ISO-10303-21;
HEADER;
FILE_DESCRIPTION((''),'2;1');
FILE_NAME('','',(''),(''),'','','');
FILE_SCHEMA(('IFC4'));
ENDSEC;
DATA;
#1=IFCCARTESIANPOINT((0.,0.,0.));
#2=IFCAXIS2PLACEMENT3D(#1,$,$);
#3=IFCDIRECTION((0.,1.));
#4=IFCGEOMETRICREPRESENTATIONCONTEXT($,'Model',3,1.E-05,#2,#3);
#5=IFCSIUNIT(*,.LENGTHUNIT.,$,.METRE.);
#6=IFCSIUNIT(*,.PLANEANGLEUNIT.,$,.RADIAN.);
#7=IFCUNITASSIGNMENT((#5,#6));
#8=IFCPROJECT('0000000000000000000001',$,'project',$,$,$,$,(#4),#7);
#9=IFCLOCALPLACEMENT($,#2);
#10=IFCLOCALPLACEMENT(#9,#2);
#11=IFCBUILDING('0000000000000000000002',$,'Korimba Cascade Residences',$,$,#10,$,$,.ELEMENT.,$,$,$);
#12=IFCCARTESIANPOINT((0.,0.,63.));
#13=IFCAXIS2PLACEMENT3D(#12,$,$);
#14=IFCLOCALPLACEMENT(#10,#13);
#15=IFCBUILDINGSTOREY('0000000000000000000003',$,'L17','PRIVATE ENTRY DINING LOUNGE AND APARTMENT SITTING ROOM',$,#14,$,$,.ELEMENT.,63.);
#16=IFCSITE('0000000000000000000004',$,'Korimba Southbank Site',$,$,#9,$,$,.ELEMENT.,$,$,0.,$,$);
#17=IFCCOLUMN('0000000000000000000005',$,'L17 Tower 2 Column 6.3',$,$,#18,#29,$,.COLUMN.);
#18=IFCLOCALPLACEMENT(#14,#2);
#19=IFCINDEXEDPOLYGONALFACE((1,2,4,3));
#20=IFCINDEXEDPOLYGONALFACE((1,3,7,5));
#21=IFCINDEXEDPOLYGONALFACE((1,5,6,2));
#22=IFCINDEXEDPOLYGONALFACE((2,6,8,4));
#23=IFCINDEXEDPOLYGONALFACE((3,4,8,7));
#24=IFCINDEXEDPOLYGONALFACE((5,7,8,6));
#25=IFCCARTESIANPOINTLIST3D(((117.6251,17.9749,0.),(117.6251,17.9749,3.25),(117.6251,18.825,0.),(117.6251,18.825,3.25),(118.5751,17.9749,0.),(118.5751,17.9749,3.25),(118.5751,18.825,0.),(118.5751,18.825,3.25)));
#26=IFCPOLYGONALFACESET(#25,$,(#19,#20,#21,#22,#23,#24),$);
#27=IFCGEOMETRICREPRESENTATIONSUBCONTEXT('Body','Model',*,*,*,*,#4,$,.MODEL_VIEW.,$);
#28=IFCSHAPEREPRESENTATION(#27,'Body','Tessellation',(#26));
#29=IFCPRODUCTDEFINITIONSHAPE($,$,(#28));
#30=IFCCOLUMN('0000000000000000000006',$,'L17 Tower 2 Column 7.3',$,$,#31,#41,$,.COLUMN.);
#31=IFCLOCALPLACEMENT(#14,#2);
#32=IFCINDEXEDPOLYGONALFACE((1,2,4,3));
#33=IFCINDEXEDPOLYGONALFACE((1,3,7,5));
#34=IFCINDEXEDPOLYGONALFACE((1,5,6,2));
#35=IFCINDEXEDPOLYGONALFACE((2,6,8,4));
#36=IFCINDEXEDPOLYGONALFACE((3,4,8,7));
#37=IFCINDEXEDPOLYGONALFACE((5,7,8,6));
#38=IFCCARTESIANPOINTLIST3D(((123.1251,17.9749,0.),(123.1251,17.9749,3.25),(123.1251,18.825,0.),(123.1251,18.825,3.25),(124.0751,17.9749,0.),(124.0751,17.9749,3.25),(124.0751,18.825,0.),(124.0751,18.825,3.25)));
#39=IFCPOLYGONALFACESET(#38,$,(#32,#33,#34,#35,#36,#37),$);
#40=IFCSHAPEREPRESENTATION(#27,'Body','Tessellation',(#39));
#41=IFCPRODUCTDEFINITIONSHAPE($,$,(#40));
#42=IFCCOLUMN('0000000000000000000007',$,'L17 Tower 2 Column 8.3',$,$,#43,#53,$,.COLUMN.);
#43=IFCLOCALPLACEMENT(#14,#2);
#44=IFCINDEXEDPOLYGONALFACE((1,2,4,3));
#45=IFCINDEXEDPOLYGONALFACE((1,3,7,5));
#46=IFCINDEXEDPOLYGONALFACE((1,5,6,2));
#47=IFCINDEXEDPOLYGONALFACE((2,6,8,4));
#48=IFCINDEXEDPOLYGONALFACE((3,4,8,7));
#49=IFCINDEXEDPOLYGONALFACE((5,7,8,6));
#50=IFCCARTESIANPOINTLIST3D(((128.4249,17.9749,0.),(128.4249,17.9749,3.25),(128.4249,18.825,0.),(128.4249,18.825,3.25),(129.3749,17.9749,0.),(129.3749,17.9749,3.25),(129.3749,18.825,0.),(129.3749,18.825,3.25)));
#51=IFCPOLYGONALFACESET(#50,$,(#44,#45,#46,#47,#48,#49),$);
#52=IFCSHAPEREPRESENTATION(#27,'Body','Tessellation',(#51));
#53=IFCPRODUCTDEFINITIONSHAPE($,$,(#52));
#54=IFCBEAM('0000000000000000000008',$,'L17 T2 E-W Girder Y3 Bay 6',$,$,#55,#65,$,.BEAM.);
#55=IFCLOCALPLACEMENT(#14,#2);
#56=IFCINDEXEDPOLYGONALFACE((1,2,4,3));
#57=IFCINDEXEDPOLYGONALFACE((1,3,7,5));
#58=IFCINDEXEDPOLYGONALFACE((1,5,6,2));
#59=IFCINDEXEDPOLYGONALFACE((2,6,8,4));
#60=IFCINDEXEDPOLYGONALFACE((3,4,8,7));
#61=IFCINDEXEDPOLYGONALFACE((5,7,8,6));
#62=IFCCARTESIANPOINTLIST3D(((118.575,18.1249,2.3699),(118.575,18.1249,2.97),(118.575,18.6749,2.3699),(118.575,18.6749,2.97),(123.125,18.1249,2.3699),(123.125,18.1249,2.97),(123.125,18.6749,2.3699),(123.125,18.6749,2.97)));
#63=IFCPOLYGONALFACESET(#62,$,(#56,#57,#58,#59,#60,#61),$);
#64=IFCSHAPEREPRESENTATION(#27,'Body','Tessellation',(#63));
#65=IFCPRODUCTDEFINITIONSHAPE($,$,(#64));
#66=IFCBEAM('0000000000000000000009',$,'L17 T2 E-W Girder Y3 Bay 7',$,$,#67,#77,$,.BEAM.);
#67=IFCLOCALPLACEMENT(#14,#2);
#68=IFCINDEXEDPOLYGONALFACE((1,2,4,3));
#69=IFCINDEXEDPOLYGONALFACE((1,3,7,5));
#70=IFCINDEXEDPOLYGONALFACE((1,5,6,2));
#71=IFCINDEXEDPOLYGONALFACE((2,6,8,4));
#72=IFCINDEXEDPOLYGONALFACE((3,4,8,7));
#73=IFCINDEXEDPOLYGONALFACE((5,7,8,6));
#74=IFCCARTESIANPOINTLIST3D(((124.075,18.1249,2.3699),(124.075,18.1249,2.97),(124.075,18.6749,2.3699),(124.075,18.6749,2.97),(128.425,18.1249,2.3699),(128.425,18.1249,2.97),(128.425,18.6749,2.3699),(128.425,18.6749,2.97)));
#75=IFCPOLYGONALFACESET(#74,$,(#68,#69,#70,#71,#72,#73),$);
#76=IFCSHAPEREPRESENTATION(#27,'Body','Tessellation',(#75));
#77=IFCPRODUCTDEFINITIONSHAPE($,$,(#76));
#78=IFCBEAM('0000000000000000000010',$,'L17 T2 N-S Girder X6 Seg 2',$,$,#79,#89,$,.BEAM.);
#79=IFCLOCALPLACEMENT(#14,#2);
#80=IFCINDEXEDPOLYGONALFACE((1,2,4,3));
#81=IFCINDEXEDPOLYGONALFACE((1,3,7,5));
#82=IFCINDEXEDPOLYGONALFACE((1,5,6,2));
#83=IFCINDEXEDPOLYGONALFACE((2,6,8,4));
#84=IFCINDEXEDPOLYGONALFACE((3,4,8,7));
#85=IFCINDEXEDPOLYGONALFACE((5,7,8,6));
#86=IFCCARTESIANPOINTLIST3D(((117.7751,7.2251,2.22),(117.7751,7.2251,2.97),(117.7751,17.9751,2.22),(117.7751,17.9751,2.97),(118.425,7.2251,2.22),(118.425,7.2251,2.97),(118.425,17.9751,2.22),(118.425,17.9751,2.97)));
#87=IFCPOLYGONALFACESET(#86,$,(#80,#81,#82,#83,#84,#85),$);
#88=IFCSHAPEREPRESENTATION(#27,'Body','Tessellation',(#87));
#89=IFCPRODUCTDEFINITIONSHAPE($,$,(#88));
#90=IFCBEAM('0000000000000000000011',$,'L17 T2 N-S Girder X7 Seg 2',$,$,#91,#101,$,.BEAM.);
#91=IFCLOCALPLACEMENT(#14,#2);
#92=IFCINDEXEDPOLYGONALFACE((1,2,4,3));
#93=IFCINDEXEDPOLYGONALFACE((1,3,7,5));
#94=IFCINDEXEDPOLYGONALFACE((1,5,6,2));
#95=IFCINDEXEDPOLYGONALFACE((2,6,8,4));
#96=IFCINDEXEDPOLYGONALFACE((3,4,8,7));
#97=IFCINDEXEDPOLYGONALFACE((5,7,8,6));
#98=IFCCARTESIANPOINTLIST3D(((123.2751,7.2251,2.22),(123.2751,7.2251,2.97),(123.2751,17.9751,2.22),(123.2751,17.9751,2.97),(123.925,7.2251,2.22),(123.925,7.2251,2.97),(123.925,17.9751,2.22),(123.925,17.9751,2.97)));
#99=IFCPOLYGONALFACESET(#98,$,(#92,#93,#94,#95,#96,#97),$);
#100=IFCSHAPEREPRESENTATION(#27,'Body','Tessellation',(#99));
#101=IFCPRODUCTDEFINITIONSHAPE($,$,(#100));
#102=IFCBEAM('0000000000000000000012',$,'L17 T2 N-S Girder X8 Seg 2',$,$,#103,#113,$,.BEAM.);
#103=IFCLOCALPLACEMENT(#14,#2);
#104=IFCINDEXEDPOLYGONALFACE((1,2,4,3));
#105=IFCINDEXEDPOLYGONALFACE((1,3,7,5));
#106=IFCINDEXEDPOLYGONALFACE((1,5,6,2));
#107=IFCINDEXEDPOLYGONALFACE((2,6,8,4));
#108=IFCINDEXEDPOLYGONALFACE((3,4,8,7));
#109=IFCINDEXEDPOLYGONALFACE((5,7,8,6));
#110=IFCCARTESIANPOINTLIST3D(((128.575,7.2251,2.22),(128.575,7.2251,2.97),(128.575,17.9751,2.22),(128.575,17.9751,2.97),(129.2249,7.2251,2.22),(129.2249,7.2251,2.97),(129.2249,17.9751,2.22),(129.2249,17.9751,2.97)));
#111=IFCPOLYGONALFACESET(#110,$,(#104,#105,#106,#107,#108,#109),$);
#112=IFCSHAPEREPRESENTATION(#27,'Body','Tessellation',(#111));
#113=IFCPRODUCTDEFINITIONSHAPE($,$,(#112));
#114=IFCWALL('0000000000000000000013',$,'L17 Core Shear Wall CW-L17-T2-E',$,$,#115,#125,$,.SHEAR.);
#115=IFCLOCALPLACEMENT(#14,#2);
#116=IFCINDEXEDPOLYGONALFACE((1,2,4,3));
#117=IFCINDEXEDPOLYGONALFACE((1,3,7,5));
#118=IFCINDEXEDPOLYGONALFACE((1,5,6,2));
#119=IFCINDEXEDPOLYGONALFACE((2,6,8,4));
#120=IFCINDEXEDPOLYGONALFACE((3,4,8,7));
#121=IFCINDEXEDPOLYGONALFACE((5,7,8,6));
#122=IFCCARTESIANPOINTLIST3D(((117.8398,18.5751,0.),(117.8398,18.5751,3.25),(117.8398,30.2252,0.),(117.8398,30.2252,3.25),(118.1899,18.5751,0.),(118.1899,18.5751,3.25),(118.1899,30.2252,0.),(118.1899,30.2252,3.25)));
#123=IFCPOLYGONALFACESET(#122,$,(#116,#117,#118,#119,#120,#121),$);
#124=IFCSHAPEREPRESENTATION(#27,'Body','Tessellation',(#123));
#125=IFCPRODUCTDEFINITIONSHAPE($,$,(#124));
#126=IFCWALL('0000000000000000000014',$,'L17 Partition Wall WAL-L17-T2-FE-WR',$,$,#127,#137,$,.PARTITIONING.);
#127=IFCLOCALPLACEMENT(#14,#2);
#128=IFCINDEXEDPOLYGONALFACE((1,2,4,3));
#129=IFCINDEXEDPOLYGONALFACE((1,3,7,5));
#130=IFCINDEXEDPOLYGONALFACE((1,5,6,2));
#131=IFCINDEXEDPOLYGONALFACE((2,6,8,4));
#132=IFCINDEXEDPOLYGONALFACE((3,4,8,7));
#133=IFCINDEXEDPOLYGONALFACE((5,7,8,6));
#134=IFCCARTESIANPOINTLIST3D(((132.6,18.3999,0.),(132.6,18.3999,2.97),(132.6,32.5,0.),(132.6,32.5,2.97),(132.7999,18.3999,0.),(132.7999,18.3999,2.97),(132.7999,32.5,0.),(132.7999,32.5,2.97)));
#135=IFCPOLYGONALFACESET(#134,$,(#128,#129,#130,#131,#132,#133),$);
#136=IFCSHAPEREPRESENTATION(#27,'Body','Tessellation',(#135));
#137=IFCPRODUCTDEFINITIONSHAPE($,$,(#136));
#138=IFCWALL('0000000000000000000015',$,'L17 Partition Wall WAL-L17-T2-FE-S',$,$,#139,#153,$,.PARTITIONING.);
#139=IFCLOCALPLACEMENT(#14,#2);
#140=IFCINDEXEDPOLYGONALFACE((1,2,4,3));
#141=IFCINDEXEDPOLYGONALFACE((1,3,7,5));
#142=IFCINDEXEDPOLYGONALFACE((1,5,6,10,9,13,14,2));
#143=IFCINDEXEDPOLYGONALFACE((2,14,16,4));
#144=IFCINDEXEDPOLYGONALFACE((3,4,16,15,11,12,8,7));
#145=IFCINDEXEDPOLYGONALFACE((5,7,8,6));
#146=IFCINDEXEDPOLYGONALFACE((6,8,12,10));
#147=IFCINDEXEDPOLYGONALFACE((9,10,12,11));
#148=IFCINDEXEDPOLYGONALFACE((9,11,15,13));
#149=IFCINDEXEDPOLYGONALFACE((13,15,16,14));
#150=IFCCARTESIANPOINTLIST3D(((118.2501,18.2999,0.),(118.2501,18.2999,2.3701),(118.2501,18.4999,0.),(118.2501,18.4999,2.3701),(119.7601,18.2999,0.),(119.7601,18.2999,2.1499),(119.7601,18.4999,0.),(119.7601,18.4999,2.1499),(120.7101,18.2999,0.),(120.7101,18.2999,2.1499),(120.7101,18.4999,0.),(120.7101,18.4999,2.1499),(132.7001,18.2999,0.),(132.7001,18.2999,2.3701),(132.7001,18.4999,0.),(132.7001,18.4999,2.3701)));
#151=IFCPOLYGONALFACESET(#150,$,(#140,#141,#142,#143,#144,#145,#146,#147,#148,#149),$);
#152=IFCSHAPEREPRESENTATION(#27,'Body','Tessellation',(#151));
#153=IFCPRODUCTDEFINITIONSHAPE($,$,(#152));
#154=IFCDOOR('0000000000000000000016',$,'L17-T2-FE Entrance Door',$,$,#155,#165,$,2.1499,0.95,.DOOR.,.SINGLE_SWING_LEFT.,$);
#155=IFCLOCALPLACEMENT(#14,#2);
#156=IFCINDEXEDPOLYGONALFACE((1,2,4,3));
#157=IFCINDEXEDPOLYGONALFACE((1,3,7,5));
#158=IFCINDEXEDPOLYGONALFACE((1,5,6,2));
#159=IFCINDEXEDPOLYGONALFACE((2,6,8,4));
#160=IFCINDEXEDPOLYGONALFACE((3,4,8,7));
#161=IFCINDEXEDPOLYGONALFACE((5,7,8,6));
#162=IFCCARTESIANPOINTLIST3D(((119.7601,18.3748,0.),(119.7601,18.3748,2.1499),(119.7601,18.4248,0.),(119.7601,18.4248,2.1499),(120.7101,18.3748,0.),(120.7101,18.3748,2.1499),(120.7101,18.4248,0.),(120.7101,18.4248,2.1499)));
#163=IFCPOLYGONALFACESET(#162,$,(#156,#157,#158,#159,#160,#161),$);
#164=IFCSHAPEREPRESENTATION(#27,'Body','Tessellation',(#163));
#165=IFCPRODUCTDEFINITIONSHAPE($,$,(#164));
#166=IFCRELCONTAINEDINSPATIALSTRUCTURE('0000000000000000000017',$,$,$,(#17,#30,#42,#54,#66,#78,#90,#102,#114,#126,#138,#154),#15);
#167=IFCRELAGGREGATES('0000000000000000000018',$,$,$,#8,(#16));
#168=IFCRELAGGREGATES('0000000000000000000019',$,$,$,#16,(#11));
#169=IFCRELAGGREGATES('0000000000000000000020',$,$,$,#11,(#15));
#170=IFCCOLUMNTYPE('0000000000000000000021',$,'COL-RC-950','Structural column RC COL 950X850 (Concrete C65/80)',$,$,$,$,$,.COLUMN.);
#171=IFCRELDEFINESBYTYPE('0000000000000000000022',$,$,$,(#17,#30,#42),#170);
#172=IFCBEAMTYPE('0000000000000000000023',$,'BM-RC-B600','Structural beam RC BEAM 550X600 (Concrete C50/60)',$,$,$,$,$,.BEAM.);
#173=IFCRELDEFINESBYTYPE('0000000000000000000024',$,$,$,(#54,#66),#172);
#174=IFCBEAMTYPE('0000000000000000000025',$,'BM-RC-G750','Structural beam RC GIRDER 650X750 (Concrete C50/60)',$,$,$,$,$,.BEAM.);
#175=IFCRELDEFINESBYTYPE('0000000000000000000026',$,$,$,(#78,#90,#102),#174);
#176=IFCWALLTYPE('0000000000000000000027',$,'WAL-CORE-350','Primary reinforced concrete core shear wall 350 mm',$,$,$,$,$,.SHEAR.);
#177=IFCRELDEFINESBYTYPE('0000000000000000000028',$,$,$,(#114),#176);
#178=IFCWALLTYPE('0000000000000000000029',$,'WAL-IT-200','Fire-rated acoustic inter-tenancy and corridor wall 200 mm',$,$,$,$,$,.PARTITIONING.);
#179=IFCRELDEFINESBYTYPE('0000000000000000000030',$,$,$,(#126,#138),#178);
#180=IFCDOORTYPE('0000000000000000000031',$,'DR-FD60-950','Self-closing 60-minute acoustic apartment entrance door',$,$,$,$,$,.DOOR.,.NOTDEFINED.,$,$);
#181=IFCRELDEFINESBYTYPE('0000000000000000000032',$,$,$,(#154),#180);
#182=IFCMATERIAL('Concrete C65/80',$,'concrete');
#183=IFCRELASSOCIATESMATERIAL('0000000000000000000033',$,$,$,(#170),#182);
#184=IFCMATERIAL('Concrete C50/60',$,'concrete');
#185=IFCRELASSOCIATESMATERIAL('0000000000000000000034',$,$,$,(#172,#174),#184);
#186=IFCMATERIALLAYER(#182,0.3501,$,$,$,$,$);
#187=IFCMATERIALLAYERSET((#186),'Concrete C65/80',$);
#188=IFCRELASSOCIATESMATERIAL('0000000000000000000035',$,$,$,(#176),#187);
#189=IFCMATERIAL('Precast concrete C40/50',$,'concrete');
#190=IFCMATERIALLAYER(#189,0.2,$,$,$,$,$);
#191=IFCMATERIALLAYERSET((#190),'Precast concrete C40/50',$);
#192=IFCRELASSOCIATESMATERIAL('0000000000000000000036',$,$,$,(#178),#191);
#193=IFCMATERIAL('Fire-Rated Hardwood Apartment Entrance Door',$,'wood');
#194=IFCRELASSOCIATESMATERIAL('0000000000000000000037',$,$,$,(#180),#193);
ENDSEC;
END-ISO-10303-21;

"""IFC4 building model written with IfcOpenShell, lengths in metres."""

from ifc_helpers import new_model, si_unit, direction, frame, frame_2d, origin, origin_2d, place, context, subcontext, project, spatial, rectangle, extrude, material, layer, layer_set, material_profile, profile_set, type_object, element, fill, save


model = new_model("IFC4")

# Units and contexts
model_context = context("Model", 3, precision=1e-05, world=origin(), true_north=direction((0.0, 1.0)))
body_context = subcontext(model_context, "Body", "Model", "MODEL_VIEW")
ifc_project = project(units=[si_unit("LENGTHUNIT", "METRE"), si_unit("PLANEANGLEUNIT", "RADIAN")], contexts=[model_context])

# Site, building, storey
site_placement = place(None, origin())
site = spatial("IfcSite", under=ifc_project, at=site_placement, Name="Korimba Southbank Site", CompositionType="ELEMENT", RefElevation=0.0)
building_placement = place(site_placement, origin())
building = spatial("IfcBuilding", under=site, at=building_placement, Name="Korimba Cascade Residences", CompositionType="ELEMENT")
storey_placement = place(building_placement, frame((0.0, 0.0, 63.0)))
storey = spatial("IfcBuildingStorey", under=building, at=storey_placement, Name="L17", Description="PRIVATE ENTRY DINING LOUNGE AND APARTMENT SITTING ROOM", CompositionType="ELEMENT", Elevation=63.0)

# Columns
ifc_material_1 = material(Name="Concrete C65/80", Category="concrete")
ifc_material_profile_1 = material_profile(ifc_material_1, rectangle(XDim=0.95, YDim=0.8501, at=origin_2d()), Name="Concrete C65/80")
ifc_profile_set_1 = profile_set([ifc_material_profile_1], Name="Concrete C65/80")
column_type = type_object("IfcColumnType", Name="COL-RC-950", Description="Structural column RC COL 950X850 (Concrete C65/80)", PredefinedType="COLUMN", material=ifc_profile_set_1)
for number, where, z_axis, x_axis, name in (
    (1, (118.1001, 18.3999, 0.0), (0.0, 0.0, 1.0), (1.0, 0.0, 0.0), "L17 Tower 2 Column 6.3"),
    (2, (123.6001, 18.3999, 0.0), (0.0, 0.0, 1.0), (1.0, 0.0, 0.0), "L17 Tower 2 Column 7.3"),
    (3, (128.8999, 18.3999, 0.0), (0.0, 0.0, 1.0), (1.0, 0.0, 0.0), "L17 Tower 2 Column 8.3"),
):
    element("IfcColumn", number, at=place(storey_placement, frame(where, z_axis=z_axis, x_axis=x_axis)), inside=storey, type_object=column_type, Name=name, PredefinedType="COLUMN", context=body_context, shape_type="SweptSolid", body=[
        extrude(rectangle(XDim=0.95, YDim=0.8501, at=origin_2d()), origin(), (0.0, 0.0, 1.0), 3.25),
    ])

# Beams
ifc_material_2 = material(Name="Concrete C50/60", Category="concrete")
ifc_material_profile_2 = material_profile(ifc_material_2, rectangle(XDim=0.55, YDim=0.6001, at=origin_2d()), Name="Concrete C50/60")
ifc_profile_set_2 = profile_set([ifc_material_profile_2], Name="Concrete C50/60")
beam_type_1 = type_object("IfcBeamType", Name="BM-RC-B600", Description="Structural beam RC BEAM 550X600 (Concrete C50/60)", PredefinedType="BEAM", material=ifc_profile_set_2)
beam_1_placement = place(storey_placement, frame((118.575, 18.3999, 2.6699), z_axis=(1.0, 0.0, 0.0), x_axis=(0.0, 1.0, 0.0)))
element("IfcBeam", 4, at=beam_1_placement, inside=storey, type_object=beam_type_1, Name="L17 T2 E-W Girder Y3 Bay 6", PredefinedType="BEAM", context=body_context, shape_type="SweptSolid", body=[
    extrude(rectangle(XDim=0.55, YDim=0.6001, at=origin_2d()), origin(), (0.0, 0.0, 1.0), 4.55),
])
beam_2_placement = place(storey_placement, frame((124.075, 18.3999, 2.6699), z_axis=(1.0, 0.0, 0.0), x_axis=(0.0, 1.0, 0.0)))
element("IfcBeam", 5, at=beam_2_placement, inside=storey, type_object=beam_type_1, Name="L17 T2 E-W Girder Y3 Bay 7", PredefinedType="BEAM", context=body_context, shape_type="SweptSolid", body=[
    extrude(rectangle(XDim=0.55, YDim=0.6001, at=origin_2d()), origin(), (0.0, 0.0, 1.0), 4.3501),
])
ifc_material_profile_3 = material_profile(ifc_material_2, rectangle(XDim=0.6499, YDim=0.75, at=origin_2d()), Name="Concrete C50/60")
ifc_profile_set_3 = profile_set([ifc_material_profile_3], Name="Concrete C50/60")
beam_type_2 = type_object("IfcBeamType", Name="BM-RC-G750", Description="Structural beam RC GIRDER 650X750 (Concrete C50/60)", PredefinedType="BEAM", material=ifc_profile_set_3)
for number, where, z_axis, x_axis, name in (
    (6, (118.1001, 7.2251, 2.595), (0.0, 1.0, 0.0), (-1.0, 0.0, 0.0), "L17 T2 N-S Girder X6 Seg 2"),
    (7, (123.6001, 7.2251, 2.595), (0.0, 1.0, 0.0), (-1.0, 0.0, 0.0), "L17 T2 N-S Girder X7 Seg 2"),
    (8, (128.8999, 7.2251, 2.595), (0.0, 1.0, 0.0), (-1.0, 0.0, 0.0), "L17 T2 N-S Girder X8 Seg 2"),
):
    element("IfcBeam", number, at=place(storey_placement, frame(where, z_axis=z_axis, x_axis=x_axis)), inside=storey, type_object=beam_type_2, Name=name, PredefinedType="BEAM", context=body_context, shape_type="SweptSolid", body=[
        extrude(rectangle(XDim=0.6499, YDim=0.75, at=origin_2d()), origin(), (0.0, 0.0, 1.0), 10.75),
    ])

# Walls
ifc_layer_1 = layer(ifc_material_1, 0.3501)
ifc_layer_set_1 = layer_set([ifc_layer_1], Name="Concrete C65/80")
wall_type_1 = type_object("IfcWallType", Name="WAL-CORE-350", Description="Primary reinforced concrete core shear wall 350 mm", PredefinedType="SHEAR", material=ifc_layer_set_1)
wall_1_placement = place(storey_placement, frame((118.0149, 18.575, 0.0), z_axis=(0.0, 0.0, 1.0), x_axis=(0.0, 1.0, 0.0)))
element("IfcWall", 9, at=wall_1_placement, inside=storey, type_object=wall_type_1, Name="L17 Core Shear Wall CW-L17-T2-E", PredefinedType="SHEAR", context=body_context, shape_type="SweptSolid", body=[
    extrude(rectangle(XDim=11.6501, YDim=0.3501, at=frame_2d((5.8252, 0.0))), origin(), (0.0, 0.0, 1.0), 3.25),
])
ifc_material_3 = material(Name="Precast concrete C40/50", Category="concrete")
ifc_layer_2 = layer(ifc_material_3, 0.2)
ifc_layer_set_2 = layer_set([ifc_layer_2], Name="Precast concrete C40/50")
wall_type_2 = type_object("IfcWallType", Name="WAL-IT-200", Description="Fire-rated acoustic inter-tenancy and corridor wall 200 mm", PredefinedType="PARTITIONING", material=ifc_layer_set_2)
wall_2_placement = place(storey_placement, frame((132.7, 18.3999, 0.0), z_axis=(0.0, 0.0, 1.0), x_axis=(0.0, 1.0, 0.0)))
element("IfcWall", 10, at=wall_2_placement, inside=storey, type_object=wall_type_2, Name="L17 Partition Wall WAL-L17-T2-FE-WR", PredefinedType="PARTITIONING", context=body_context, shape_type="SweptSolid", body=[
    extrude(rectangle(XDim=14.1001, YDim=0.2, at=frame_2d((7.05, 0.0))), origin(), (0.0, 0.0, 1.0), 2.97),
])

# Wall, opening, door
wall_3_placement = place(storey_placement, frame((118.25, 18.3999, 0.0), z_axis=(0.0, 0.0, 1.0), x_axis=(1.0, 0.0, 0.0)))
wall_3 = element("IfcWall", 11, at=wall_3_placement, inside=storey, type_object=wall_type_2, Name="L17 Partition Wall WAL-L17-T2-FE-S", PredefinedType="PARTITIONING", context=body_context, shape_type="SweptSolid", body=[
    extrude(rectangle(XDim=14.45, YDim=0.2, at=frame_2d((7.2251, 0.0))), origin(), (0.0, 0.0, 1.0), 2.3701),
])
opening_1_placement = place(wall_3_placement, frame((1.51, 0.0, 0.0)))
opening_1 = element("IfcOpeningElement", 12, at=opening_1_placement, cuts=wall_3, PredefinedType="OPENING", context=body_context, shape_type="SweptSolid", body=[
    extrude(rectangle(XDim=0.95, YDim=2.1499, at=frame_2d((0.4751, 1.075))), frame((0.0, 0.1099, 0.0), z_axis=(0.0, -1.0, 0.0), x_axis=(1.0, 0.0, 0.0)), (0.0, 0.0, 1.0), 0.22),
])
ifc_material_4 = material(Name="Fire-Rated Hardwood Apartment Entrance Door", Category="wood")
door_type_1 = type_object("IfcDoorType", Name="DR-FD60-950", Description="Self-closing 60-minute acoustic apartment entrance door", OperationType="NOTDEFINED", PredefinedType="DOOR", material=ifc_material_4)
door_1_placement = place(opening_1_placement, origin())
door_1 = element("IfcDoor", 13, at=door_1_placement, inside=storey, type_object=door_type_1, Name="L17-T2-FE Entrance Door", OperationType="SINGLE_SWING_LEFT", OverallHeight=2.1499, OverallWidth=0.95, PredefinedType="DOOR", context=body_context, shape_type="SweptSolid", body=[
    extrude(rectangle(XDim=0.95, YDim=2.1499, at=frame_2d((0.4751, 1.075))), frame((0.0, 0.0249, 0.0), z_axis=(0.0, -1.0, 0.0), x_axis=(1.0, 0.0, 0.0)), (0.0, 0.0, 1.0), 0.05),
])
fill(opening_1, door_1)

save(model, "model.ifc")
